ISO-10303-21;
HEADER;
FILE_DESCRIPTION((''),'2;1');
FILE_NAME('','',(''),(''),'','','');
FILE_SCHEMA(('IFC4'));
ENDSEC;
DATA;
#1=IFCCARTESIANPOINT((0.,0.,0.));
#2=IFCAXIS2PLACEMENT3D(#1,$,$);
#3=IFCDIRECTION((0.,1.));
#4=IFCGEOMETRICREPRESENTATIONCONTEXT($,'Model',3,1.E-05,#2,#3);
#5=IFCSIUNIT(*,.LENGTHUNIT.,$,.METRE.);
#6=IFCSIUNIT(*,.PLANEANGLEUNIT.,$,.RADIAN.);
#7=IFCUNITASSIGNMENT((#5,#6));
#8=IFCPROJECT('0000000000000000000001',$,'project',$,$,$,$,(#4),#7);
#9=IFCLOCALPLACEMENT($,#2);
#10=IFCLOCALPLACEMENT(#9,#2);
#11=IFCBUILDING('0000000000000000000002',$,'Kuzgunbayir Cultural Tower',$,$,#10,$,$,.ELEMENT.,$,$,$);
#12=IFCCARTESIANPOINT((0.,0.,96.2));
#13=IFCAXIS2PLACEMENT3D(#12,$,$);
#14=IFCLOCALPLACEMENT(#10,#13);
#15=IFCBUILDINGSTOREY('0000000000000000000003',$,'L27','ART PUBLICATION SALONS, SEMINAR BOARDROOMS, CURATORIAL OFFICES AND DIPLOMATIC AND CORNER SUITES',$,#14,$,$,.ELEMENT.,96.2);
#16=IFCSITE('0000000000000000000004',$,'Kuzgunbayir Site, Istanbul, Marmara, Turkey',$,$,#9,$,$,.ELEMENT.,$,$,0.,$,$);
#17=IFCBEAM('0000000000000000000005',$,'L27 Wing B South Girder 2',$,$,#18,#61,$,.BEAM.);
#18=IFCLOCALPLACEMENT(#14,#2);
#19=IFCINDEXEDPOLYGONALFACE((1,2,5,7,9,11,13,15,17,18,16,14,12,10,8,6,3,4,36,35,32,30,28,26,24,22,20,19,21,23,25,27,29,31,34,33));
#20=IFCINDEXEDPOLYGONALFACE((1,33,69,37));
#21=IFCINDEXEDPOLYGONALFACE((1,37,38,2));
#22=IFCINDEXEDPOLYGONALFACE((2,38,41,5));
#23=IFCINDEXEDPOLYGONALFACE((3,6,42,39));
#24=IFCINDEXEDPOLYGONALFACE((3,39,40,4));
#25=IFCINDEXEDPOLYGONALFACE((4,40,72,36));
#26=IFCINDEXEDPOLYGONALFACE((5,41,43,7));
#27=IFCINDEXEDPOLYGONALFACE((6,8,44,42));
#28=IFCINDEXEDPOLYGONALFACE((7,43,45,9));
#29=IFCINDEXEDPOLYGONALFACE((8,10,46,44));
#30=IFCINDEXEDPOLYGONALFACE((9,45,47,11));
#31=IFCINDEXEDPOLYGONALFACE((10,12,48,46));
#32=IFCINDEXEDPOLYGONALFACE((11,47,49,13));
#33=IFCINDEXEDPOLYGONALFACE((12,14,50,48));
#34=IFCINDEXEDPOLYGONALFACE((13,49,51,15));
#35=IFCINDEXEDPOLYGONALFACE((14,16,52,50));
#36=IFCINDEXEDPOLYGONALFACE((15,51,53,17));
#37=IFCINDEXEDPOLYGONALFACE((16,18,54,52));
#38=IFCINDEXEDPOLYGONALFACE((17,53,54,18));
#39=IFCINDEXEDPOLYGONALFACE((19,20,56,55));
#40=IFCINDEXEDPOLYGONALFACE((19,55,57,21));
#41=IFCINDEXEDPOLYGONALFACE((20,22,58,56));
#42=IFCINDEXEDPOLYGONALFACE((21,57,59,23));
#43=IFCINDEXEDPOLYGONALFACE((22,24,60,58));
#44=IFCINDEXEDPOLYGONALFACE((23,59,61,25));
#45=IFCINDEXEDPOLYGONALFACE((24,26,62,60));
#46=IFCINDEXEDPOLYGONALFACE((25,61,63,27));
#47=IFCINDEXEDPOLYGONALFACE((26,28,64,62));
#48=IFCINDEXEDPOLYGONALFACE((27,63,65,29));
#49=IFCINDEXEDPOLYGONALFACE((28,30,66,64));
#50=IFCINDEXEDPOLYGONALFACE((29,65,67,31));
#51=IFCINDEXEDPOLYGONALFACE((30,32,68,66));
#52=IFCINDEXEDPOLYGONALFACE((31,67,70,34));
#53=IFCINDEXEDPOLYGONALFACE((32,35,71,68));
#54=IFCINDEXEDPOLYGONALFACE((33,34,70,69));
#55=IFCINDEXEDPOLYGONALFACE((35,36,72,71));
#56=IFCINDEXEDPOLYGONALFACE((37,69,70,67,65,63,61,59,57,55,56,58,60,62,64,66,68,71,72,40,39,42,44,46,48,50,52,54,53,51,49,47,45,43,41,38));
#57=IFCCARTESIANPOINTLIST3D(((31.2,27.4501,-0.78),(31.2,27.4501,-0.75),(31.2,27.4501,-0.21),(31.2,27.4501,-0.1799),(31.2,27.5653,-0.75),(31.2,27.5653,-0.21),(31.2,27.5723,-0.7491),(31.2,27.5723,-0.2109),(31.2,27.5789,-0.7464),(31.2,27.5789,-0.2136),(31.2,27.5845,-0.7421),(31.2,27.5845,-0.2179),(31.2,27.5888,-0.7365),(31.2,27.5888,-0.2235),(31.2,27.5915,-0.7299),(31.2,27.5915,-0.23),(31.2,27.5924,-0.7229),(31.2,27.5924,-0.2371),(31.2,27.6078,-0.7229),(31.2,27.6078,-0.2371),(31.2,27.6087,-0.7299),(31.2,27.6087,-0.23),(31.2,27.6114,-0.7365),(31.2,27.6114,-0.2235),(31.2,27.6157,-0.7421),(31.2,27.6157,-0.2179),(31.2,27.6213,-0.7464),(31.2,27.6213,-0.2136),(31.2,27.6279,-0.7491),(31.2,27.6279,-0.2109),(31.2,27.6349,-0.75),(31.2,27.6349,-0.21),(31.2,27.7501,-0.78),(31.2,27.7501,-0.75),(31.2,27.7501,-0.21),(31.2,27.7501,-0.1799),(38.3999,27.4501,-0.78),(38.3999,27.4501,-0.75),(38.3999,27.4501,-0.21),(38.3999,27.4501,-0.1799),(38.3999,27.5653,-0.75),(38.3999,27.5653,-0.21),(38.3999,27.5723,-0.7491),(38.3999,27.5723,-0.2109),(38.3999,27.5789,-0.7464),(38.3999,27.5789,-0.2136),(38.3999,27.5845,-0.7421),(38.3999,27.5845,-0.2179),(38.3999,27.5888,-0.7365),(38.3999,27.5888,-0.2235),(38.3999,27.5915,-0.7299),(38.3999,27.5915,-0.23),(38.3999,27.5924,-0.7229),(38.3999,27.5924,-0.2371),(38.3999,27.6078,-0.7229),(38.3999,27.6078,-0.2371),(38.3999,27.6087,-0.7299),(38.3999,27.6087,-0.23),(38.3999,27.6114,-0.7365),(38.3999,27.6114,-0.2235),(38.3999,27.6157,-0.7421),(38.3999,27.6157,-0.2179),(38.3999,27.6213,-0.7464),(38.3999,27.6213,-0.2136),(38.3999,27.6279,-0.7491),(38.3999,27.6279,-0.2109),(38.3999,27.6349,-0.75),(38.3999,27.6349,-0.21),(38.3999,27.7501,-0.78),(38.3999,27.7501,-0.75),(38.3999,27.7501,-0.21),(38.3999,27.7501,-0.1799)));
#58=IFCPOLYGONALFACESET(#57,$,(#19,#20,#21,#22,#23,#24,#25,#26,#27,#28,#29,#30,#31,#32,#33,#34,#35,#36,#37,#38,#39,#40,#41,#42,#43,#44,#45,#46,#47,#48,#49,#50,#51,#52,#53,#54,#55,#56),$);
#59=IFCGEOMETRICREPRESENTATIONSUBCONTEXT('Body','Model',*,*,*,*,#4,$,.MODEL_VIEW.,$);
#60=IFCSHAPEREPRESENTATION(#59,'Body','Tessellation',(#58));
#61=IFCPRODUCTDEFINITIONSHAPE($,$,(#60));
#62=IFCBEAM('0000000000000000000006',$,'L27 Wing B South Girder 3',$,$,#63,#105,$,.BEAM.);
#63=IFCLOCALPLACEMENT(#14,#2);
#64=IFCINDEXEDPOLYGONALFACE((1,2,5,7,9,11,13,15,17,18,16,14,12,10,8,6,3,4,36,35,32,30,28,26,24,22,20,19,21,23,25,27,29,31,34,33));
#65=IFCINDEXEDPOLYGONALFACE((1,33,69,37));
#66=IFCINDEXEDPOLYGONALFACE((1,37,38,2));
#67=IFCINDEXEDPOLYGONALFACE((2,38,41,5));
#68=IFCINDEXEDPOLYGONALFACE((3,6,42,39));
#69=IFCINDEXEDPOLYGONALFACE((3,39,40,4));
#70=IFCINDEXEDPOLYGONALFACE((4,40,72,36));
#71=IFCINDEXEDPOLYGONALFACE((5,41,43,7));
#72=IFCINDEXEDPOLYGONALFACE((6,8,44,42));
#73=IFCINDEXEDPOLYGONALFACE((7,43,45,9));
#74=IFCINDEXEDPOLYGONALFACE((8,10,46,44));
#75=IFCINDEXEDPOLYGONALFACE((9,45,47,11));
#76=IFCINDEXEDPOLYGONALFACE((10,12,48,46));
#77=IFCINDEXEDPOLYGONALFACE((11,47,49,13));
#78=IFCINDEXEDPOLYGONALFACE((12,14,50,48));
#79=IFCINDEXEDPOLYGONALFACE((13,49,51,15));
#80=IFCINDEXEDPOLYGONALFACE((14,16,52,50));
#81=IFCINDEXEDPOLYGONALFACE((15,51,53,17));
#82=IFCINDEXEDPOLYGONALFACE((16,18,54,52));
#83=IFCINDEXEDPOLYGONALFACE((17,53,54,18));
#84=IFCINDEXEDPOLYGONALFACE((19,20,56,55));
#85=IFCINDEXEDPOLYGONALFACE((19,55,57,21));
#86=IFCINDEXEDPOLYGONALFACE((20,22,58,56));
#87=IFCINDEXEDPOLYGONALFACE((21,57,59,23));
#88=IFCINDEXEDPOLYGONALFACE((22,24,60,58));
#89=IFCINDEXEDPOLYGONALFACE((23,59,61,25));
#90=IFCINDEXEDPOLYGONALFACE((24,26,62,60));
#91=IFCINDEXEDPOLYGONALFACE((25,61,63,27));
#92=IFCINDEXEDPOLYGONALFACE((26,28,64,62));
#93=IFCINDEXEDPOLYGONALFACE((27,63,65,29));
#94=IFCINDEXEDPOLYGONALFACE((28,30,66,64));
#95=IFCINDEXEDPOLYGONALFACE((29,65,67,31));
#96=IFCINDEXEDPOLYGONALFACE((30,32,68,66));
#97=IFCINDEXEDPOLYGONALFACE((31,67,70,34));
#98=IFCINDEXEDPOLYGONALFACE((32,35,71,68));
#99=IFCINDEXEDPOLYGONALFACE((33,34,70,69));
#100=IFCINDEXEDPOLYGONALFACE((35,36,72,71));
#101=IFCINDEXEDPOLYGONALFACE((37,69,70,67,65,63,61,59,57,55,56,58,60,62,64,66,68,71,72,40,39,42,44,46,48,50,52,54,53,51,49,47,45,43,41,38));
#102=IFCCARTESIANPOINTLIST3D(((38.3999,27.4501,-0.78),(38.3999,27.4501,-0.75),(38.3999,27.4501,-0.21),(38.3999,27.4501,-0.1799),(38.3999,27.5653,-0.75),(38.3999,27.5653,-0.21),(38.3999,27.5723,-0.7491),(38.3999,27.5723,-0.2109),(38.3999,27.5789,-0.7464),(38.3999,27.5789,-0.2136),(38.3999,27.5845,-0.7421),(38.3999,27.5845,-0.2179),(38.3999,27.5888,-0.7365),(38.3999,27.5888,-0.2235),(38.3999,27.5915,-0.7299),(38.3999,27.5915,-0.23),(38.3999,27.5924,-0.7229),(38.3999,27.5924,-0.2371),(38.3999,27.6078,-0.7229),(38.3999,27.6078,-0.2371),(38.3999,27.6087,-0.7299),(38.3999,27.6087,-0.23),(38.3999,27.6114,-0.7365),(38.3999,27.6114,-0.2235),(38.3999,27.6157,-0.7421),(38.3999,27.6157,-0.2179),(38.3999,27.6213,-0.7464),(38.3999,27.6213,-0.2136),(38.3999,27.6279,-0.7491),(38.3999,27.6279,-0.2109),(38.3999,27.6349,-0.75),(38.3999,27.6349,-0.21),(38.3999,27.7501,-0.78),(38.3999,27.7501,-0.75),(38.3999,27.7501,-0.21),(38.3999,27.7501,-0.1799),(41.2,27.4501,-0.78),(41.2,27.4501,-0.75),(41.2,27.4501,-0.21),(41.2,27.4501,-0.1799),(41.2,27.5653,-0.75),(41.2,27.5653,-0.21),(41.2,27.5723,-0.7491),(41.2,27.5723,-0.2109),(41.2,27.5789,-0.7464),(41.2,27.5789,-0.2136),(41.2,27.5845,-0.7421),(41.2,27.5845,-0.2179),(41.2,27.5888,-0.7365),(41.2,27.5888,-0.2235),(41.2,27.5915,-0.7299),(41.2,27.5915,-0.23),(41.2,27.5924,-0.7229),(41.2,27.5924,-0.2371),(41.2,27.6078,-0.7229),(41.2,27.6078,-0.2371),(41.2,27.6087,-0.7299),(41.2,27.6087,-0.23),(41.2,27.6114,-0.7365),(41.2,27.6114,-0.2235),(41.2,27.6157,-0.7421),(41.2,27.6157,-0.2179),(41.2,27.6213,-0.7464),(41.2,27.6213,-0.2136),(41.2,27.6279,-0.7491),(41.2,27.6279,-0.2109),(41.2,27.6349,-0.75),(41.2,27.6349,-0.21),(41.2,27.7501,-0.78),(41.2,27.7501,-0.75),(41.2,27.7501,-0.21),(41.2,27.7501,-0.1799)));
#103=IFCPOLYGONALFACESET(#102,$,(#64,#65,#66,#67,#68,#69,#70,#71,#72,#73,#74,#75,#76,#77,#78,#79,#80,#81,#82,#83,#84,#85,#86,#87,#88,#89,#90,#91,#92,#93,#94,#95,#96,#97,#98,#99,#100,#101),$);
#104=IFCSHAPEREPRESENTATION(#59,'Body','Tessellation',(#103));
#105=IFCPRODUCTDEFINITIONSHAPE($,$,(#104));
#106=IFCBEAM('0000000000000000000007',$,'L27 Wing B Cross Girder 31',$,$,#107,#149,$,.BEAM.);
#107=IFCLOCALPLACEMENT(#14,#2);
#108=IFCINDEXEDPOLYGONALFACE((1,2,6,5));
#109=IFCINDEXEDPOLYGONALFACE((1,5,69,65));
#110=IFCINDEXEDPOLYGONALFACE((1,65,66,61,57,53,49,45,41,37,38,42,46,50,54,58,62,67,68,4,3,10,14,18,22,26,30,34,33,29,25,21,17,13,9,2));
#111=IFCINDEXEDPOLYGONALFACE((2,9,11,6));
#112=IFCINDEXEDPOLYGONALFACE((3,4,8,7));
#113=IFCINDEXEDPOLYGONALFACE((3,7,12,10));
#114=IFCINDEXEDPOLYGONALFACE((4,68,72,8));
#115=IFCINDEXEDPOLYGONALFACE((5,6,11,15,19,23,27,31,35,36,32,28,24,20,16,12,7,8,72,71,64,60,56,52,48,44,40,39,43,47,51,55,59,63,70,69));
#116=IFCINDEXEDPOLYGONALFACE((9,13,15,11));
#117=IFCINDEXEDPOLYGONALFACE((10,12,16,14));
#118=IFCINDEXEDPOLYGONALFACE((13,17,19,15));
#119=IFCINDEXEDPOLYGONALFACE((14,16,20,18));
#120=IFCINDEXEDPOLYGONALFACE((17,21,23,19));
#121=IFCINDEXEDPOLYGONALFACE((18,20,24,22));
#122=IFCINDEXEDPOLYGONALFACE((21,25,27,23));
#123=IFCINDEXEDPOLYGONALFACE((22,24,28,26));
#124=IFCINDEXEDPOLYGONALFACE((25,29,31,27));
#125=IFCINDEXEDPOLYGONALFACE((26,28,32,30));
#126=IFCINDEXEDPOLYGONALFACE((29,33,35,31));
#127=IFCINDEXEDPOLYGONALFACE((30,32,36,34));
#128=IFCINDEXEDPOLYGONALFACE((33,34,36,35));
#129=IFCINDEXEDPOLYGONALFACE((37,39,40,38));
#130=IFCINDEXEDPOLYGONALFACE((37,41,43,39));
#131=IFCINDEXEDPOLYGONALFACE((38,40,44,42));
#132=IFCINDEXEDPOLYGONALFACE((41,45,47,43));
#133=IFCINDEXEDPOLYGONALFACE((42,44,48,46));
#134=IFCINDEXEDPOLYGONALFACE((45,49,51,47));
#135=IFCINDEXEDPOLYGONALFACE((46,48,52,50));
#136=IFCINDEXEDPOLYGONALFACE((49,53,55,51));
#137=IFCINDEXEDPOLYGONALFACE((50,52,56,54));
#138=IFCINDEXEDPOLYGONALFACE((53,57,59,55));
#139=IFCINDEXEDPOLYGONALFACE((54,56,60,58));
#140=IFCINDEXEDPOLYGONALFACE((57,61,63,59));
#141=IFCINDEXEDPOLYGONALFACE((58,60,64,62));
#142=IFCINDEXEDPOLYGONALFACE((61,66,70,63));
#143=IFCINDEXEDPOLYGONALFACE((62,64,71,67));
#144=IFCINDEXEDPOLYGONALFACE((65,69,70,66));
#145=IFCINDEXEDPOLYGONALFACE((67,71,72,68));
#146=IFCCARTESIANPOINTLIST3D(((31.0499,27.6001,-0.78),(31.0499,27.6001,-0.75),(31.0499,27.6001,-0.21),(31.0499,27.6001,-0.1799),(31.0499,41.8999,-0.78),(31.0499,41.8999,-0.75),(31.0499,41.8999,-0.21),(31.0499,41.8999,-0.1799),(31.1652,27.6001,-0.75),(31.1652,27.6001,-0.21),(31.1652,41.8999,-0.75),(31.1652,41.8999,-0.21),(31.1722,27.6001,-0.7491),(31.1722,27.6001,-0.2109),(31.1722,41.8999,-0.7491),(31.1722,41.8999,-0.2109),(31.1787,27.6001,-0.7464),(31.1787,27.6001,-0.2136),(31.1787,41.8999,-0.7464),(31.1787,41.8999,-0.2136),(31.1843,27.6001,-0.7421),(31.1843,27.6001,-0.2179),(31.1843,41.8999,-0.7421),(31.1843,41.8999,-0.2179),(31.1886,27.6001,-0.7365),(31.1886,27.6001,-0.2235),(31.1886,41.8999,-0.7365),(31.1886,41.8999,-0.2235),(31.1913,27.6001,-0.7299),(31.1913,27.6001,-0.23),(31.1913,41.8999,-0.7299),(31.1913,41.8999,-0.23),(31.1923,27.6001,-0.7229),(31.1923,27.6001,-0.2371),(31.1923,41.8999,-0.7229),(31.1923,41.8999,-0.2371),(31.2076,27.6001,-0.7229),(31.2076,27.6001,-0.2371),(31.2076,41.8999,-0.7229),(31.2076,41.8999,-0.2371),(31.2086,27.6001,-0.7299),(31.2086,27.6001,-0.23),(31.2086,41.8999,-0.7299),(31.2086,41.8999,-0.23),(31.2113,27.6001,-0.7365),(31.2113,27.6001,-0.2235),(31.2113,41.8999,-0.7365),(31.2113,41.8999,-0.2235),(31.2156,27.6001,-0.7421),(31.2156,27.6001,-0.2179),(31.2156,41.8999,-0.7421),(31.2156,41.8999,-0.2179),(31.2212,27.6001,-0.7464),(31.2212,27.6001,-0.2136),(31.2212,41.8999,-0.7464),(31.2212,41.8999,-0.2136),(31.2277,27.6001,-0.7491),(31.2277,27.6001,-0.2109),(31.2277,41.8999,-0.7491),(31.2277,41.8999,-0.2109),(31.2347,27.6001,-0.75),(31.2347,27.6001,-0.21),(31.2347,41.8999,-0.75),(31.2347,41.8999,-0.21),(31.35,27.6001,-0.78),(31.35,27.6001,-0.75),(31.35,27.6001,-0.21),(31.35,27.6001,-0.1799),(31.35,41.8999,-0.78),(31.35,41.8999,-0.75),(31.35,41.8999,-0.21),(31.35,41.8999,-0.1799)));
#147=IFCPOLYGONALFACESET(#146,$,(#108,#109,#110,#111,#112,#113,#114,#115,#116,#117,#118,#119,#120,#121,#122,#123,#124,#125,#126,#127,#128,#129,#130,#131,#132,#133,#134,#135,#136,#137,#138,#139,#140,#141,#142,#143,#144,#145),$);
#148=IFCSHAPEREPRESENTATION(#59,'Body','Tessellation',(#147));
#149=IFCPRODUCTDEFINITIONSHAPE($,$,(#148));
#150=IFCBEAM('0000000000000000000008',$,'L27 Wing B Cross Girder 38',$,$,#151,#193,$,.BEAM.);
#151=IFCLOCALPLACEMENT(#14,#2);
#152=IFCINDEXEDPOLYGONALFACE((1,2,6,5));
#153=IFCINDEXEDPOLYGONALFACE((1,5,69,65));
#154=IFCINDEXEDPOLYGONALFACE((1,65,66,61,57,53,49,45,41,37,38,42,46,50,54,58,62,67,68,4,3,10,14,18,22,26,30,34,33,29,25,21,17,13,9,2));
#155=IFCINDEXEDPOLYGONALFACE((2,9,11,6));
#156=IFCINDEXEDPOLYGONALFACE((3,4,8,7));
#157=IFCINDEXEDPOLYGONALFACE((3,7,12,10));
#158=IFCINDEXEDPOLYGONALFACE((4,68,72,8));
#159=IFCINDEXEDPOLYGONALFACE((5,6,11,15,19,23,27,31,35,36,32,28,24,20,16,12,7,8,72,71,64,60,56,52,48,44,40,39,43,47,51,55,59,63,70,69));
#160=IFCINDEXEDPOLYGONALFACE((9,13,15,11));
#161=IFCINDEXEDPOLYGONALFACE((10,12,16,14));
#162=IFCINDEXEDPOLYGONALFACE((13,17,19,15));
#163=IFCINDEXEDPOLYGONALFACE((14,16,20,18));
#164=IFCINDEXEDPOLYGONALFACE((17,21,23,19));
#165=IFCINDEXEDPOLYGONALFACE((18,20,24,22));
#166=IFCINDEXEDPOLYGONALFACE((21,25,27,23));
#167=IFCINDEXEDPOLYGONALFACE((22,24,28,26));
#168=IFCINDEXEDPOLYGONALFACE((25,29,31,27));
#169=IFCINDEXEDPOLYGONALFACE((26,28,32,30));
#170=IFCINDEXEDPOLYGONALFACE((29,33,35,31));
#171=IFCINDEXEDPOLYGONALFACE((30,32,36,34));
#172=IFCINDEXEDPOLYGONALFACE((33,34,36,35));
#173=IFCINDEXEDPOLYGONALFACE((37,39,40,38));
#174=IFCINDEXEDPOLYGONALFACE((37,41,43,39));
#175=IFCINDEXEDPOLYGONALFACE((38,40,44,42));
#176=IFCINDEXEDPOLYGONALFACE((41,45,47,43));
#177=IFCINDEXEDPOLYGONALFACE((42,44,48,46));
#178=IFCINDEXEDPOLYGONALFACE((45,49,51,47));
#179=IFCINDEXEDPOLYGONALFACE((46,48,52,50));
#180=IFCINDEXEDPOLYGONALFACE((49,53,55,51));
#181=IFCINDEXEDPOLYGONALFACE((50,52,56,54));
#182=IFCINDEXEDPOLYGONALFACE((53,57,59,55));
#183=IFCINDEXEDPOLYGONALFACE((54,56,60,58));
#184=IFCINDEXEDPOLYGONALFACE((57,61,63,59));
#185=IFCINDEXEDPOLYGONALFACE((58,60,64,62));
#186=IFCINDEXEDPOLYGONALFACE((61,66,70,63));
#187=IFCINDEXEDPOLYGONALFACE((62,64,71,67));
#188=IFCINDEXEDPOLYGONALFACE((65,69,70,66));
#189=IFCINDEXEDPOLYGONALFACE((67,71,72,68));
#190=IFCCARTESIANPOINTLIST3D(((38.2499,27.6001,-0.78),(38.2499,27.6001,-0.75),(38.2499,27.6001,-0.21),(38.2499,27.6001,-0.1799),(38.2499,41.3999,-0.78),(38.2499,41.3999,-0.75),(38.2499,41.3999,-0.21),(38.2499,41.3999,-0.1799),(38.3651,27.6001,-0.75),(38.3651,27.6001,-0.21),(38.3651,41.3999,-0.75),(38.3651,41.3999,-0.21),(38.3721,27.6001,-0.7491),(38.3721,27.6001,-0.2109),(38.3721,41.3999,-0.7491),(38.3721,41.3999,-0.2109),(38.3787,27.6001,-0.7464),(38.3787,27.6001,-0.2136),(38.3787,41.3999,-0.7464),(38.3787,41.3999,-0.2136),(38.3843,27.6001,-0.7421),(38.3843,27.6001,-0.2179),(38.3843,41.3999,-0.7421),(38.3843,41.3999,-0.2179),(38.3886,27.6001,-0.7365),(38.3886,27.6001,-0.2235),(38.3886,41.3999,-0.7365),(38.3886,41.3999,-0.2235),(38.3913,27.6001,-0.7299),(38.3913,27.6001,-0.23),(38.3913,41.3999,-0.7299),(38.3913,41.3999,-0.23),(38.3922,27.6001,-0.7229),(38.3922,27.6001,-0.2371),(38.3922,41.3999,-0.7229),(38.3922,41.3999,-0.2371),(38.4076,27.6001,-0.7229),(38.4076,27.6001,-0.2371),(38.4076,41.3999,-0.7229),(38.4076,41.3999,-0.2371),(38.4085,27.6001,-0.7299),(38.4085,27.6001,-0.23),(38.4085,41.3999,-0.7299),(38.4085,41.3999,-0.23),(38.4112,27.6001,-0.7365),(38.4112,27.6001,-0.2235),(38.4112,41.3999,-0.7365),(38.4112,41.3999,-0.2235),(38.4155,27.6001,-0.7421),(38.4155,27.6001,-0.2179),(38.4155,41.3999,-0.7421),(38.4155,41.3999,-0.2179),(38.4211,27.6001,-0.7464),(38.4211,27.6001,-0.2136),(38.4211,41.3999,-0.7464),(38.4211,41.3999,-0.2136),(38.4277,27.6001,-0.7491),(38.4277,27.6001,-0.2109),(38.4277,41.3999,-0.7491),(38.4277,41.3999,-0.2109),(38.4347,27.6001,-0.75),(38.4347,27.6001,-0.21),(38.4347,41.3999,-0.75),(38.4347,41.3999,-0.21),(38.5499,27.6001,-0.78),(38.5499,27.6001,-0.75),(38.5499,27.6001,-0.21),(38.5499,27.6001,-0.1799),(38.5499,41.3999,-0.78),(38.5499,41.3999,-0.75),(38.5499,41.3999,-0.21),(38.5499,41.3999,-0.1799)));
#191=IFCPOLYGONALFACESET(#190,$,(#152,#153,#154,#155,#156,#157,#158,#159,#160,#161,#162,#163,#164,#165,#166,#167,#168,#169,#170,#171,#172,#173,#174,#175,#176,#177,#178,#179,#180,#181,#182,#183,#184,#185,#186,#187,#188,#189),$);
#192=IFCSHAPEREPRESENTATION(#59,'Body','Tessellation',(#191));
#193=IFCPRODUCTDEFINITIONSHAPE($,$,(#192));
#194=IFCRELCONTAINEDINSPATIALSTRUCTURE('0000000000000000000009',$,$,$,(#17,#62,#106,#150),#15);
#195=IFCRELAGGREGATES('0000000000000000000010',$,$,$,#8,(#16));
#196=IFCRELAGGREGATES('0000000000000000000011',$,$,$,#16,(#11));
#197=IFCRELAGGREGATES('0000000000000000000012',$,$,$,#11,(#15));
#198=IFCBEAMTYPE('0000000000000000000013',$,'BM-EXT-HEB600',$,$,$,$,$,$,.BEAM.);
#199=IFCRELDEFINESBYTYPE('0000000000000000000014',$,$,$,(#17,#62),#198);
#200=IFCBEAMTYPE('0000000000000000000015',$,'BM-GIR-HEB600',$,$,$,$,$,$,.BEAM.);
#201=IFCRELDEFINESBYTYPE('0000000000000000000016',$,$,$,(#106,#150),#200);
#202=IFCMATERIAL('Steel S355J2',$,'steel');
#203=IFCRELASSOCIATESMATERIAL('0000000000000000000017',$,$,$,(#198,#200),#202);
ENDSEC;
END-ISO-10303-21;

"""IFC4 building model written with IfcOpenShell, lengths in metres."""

from ifc_helpers import new_model, si_unit, direction, frame, origin, origin_2d, place, context, subcontext, project, spatial, i_section, extrude, material, material_profile, profile_set, type_object, element, save


model = new_model("IFC4")

# Units and contexts
model_context = context("Model", 3, precision=1e-05, world=origin(), true_north=direction((0.0, 1.0)))
body_context = subcontext(model_context, "Body", "Model", "MODEL_VIEW")
ifc_project = project(units=[si_unit("LENGTHUNIT", "METRE"), si_unit("PLANEANGLEUNIT", "RADIAN")], contexts=[model_context])

# Site, building, storey
site_placement = place(None, origin())
site = spatial("IfcSite", under=ifc_project, at=site_placement, Name="Kuzgunbayir Site, Istanbul, Marmara, Turkey", CompositionType="ELEMENT", RefElevation=0.0)
building_placement = place(site_placement, origin())
building = spatial("IfcBuilding", under=site, at=building_placement, Name="Kuzgunbayir Cultural Tower", CompositionType="ELEMENT")
storey_placement = place(building_placement, frame((0.0, 0.0, 96.2)))
storey = spatial("IfcBuildingStorey", under=building, at=storey_placement, Name="L27", Description="ART PUBLICATION SALONS, SEMINAR BOARDROOMS, CURATORIAL OFFICES AND DIPLOMATIC AND CORNER SUITES", CompositionType="ELEMENT", Elevation=96.2)

# Beams
ifc_material_1 = material(Name="Steel S355J2", Category="steel")
ifc_material_profile_1 = material_profile(ifc_material_1, i_section(OverallWidth=0.3, OverallDepth=0.6001, WebThickness=0.0154, FlangeThickness=0.03, FilletRadius=0.0271, at=origin_2d()), Name="HEB 600")
ifc_profile_set_1 = profile_set([ifc_material_profile_1], Name="Steel S355J2")
beam_type_1 = type_object("IfcBeamType", Name="BM-EXT-HEB600", PredefinedType="BEAM", material=ifc_profile_set_1)
beam_1_placement = place(storey_placement, frame((31.2, 27.6001, -0.48), z_axis=(1.0, 0.0, 0.0), x_axis=(0.0, 1.0, 0.0)))
element("IfcBeam", 1, at=beam_1_placement, inside=storey, type_object=beam_type_1, Name="L27 Wing B South Girder 2", PredefinedType="BEAM", context=body_context, shape_type="SweptSolid", body=[
    extrude(i_section(OverallWidth=0.3, OverallDepth=0.6001, WebThickness=0.0154, FlangeThickness=0.03, FilletRadius=0.0271, at=origin_2d()), origin(), (0.0, 0.0, 1.0), 7.2),
])
beam_2_placement = place(storey_placement, frame((38.3999, 27.6001, -0.48), z_axis=(1.0, 0.0, 0.0), x_axis=(0.0, 1.0, 0.0)))
element("IfcBeam", 2, at=beam_2_placement, inside=storey, type_object=beam_type_1, Name="L27 Wing B South Girder 3", PredefinedType="BEAM", context=body_context, shape_type="SweptSolid", body=[
    extrude(i_section(OverallWidth=0.3, OverallDepth=0.6001, WebThickness=0.0154, FlangeThickness=0.03, FilletRadius=0.0271, at=origin_2d()), origin(), (0.0, 0.0, 1.0), 2.8),
])
ifc_material_profile_2 = material_profile(ifc_material_1, i_section(OverallWidth=0.3, OverallDepth=0.6001, WebThickness=0.0154, FlangeThickness=0.03, FilletRadius=0.0271, at=origin_2d()), Name="HEB 600")
ifc_profile_set_2 = profile_set([ifc_material_profile_2], Name="Steel S355J2")
beam_type_2 = type_object("IfcBeamType", Name="BM-GIR-HEB600", PredefinedType="BEAM", material=ifc_profile_set_2)
beam_3_placement = place(storey_placement, frame((31.2, 27.6001, -0.48), z_axis=(0.0, 1.0, 0.0), x_axis=(-1.0, 0.0, 0.0)))
element("IfcBeam", 3, at=beam_3_placement, inside=storey, type_object=beam_type_2, Name="L27 Wing B Cross Girder 31", PredefinedType="BEAM", context=body_context, shape_type="SweptSolid", body=[
    extrude(i_section(OverallWidth=0.3, OverallDepth=0.6001, WebThickness=0.0154, FlangeThickness=0.03, FilletRadius=0.0271, at=origin_2d()), origin(), (0.0, 0.0, 1.0), 14.2998),
])
beam_4_placement = place(storey_placement, frame((38.3999, 27.6001, -0.48), z_axis=(0.0, 1.0, 0.0), x_axis=(-1.0, 0.0, 0.0)))
element("IfcBeam", 4, at=beam_4_placement, inside=storey, type_object=beam_type_2, Name="L27 Wing B Cross Girder 38", PredefinedType="BEAM", context=body_context, shape_type="SweptSolid", body=[
    extrude(i_section(OverallWidth=0.3, OverallDepth=0.6001, WebThickness=0.0154, FlangeThickness=0.03, FilletRadius=0.0271, at=origin_2d()), origin(), (0.0, 0.0, 1.0), 13.7998),
])

save(model, "model.ifc")
